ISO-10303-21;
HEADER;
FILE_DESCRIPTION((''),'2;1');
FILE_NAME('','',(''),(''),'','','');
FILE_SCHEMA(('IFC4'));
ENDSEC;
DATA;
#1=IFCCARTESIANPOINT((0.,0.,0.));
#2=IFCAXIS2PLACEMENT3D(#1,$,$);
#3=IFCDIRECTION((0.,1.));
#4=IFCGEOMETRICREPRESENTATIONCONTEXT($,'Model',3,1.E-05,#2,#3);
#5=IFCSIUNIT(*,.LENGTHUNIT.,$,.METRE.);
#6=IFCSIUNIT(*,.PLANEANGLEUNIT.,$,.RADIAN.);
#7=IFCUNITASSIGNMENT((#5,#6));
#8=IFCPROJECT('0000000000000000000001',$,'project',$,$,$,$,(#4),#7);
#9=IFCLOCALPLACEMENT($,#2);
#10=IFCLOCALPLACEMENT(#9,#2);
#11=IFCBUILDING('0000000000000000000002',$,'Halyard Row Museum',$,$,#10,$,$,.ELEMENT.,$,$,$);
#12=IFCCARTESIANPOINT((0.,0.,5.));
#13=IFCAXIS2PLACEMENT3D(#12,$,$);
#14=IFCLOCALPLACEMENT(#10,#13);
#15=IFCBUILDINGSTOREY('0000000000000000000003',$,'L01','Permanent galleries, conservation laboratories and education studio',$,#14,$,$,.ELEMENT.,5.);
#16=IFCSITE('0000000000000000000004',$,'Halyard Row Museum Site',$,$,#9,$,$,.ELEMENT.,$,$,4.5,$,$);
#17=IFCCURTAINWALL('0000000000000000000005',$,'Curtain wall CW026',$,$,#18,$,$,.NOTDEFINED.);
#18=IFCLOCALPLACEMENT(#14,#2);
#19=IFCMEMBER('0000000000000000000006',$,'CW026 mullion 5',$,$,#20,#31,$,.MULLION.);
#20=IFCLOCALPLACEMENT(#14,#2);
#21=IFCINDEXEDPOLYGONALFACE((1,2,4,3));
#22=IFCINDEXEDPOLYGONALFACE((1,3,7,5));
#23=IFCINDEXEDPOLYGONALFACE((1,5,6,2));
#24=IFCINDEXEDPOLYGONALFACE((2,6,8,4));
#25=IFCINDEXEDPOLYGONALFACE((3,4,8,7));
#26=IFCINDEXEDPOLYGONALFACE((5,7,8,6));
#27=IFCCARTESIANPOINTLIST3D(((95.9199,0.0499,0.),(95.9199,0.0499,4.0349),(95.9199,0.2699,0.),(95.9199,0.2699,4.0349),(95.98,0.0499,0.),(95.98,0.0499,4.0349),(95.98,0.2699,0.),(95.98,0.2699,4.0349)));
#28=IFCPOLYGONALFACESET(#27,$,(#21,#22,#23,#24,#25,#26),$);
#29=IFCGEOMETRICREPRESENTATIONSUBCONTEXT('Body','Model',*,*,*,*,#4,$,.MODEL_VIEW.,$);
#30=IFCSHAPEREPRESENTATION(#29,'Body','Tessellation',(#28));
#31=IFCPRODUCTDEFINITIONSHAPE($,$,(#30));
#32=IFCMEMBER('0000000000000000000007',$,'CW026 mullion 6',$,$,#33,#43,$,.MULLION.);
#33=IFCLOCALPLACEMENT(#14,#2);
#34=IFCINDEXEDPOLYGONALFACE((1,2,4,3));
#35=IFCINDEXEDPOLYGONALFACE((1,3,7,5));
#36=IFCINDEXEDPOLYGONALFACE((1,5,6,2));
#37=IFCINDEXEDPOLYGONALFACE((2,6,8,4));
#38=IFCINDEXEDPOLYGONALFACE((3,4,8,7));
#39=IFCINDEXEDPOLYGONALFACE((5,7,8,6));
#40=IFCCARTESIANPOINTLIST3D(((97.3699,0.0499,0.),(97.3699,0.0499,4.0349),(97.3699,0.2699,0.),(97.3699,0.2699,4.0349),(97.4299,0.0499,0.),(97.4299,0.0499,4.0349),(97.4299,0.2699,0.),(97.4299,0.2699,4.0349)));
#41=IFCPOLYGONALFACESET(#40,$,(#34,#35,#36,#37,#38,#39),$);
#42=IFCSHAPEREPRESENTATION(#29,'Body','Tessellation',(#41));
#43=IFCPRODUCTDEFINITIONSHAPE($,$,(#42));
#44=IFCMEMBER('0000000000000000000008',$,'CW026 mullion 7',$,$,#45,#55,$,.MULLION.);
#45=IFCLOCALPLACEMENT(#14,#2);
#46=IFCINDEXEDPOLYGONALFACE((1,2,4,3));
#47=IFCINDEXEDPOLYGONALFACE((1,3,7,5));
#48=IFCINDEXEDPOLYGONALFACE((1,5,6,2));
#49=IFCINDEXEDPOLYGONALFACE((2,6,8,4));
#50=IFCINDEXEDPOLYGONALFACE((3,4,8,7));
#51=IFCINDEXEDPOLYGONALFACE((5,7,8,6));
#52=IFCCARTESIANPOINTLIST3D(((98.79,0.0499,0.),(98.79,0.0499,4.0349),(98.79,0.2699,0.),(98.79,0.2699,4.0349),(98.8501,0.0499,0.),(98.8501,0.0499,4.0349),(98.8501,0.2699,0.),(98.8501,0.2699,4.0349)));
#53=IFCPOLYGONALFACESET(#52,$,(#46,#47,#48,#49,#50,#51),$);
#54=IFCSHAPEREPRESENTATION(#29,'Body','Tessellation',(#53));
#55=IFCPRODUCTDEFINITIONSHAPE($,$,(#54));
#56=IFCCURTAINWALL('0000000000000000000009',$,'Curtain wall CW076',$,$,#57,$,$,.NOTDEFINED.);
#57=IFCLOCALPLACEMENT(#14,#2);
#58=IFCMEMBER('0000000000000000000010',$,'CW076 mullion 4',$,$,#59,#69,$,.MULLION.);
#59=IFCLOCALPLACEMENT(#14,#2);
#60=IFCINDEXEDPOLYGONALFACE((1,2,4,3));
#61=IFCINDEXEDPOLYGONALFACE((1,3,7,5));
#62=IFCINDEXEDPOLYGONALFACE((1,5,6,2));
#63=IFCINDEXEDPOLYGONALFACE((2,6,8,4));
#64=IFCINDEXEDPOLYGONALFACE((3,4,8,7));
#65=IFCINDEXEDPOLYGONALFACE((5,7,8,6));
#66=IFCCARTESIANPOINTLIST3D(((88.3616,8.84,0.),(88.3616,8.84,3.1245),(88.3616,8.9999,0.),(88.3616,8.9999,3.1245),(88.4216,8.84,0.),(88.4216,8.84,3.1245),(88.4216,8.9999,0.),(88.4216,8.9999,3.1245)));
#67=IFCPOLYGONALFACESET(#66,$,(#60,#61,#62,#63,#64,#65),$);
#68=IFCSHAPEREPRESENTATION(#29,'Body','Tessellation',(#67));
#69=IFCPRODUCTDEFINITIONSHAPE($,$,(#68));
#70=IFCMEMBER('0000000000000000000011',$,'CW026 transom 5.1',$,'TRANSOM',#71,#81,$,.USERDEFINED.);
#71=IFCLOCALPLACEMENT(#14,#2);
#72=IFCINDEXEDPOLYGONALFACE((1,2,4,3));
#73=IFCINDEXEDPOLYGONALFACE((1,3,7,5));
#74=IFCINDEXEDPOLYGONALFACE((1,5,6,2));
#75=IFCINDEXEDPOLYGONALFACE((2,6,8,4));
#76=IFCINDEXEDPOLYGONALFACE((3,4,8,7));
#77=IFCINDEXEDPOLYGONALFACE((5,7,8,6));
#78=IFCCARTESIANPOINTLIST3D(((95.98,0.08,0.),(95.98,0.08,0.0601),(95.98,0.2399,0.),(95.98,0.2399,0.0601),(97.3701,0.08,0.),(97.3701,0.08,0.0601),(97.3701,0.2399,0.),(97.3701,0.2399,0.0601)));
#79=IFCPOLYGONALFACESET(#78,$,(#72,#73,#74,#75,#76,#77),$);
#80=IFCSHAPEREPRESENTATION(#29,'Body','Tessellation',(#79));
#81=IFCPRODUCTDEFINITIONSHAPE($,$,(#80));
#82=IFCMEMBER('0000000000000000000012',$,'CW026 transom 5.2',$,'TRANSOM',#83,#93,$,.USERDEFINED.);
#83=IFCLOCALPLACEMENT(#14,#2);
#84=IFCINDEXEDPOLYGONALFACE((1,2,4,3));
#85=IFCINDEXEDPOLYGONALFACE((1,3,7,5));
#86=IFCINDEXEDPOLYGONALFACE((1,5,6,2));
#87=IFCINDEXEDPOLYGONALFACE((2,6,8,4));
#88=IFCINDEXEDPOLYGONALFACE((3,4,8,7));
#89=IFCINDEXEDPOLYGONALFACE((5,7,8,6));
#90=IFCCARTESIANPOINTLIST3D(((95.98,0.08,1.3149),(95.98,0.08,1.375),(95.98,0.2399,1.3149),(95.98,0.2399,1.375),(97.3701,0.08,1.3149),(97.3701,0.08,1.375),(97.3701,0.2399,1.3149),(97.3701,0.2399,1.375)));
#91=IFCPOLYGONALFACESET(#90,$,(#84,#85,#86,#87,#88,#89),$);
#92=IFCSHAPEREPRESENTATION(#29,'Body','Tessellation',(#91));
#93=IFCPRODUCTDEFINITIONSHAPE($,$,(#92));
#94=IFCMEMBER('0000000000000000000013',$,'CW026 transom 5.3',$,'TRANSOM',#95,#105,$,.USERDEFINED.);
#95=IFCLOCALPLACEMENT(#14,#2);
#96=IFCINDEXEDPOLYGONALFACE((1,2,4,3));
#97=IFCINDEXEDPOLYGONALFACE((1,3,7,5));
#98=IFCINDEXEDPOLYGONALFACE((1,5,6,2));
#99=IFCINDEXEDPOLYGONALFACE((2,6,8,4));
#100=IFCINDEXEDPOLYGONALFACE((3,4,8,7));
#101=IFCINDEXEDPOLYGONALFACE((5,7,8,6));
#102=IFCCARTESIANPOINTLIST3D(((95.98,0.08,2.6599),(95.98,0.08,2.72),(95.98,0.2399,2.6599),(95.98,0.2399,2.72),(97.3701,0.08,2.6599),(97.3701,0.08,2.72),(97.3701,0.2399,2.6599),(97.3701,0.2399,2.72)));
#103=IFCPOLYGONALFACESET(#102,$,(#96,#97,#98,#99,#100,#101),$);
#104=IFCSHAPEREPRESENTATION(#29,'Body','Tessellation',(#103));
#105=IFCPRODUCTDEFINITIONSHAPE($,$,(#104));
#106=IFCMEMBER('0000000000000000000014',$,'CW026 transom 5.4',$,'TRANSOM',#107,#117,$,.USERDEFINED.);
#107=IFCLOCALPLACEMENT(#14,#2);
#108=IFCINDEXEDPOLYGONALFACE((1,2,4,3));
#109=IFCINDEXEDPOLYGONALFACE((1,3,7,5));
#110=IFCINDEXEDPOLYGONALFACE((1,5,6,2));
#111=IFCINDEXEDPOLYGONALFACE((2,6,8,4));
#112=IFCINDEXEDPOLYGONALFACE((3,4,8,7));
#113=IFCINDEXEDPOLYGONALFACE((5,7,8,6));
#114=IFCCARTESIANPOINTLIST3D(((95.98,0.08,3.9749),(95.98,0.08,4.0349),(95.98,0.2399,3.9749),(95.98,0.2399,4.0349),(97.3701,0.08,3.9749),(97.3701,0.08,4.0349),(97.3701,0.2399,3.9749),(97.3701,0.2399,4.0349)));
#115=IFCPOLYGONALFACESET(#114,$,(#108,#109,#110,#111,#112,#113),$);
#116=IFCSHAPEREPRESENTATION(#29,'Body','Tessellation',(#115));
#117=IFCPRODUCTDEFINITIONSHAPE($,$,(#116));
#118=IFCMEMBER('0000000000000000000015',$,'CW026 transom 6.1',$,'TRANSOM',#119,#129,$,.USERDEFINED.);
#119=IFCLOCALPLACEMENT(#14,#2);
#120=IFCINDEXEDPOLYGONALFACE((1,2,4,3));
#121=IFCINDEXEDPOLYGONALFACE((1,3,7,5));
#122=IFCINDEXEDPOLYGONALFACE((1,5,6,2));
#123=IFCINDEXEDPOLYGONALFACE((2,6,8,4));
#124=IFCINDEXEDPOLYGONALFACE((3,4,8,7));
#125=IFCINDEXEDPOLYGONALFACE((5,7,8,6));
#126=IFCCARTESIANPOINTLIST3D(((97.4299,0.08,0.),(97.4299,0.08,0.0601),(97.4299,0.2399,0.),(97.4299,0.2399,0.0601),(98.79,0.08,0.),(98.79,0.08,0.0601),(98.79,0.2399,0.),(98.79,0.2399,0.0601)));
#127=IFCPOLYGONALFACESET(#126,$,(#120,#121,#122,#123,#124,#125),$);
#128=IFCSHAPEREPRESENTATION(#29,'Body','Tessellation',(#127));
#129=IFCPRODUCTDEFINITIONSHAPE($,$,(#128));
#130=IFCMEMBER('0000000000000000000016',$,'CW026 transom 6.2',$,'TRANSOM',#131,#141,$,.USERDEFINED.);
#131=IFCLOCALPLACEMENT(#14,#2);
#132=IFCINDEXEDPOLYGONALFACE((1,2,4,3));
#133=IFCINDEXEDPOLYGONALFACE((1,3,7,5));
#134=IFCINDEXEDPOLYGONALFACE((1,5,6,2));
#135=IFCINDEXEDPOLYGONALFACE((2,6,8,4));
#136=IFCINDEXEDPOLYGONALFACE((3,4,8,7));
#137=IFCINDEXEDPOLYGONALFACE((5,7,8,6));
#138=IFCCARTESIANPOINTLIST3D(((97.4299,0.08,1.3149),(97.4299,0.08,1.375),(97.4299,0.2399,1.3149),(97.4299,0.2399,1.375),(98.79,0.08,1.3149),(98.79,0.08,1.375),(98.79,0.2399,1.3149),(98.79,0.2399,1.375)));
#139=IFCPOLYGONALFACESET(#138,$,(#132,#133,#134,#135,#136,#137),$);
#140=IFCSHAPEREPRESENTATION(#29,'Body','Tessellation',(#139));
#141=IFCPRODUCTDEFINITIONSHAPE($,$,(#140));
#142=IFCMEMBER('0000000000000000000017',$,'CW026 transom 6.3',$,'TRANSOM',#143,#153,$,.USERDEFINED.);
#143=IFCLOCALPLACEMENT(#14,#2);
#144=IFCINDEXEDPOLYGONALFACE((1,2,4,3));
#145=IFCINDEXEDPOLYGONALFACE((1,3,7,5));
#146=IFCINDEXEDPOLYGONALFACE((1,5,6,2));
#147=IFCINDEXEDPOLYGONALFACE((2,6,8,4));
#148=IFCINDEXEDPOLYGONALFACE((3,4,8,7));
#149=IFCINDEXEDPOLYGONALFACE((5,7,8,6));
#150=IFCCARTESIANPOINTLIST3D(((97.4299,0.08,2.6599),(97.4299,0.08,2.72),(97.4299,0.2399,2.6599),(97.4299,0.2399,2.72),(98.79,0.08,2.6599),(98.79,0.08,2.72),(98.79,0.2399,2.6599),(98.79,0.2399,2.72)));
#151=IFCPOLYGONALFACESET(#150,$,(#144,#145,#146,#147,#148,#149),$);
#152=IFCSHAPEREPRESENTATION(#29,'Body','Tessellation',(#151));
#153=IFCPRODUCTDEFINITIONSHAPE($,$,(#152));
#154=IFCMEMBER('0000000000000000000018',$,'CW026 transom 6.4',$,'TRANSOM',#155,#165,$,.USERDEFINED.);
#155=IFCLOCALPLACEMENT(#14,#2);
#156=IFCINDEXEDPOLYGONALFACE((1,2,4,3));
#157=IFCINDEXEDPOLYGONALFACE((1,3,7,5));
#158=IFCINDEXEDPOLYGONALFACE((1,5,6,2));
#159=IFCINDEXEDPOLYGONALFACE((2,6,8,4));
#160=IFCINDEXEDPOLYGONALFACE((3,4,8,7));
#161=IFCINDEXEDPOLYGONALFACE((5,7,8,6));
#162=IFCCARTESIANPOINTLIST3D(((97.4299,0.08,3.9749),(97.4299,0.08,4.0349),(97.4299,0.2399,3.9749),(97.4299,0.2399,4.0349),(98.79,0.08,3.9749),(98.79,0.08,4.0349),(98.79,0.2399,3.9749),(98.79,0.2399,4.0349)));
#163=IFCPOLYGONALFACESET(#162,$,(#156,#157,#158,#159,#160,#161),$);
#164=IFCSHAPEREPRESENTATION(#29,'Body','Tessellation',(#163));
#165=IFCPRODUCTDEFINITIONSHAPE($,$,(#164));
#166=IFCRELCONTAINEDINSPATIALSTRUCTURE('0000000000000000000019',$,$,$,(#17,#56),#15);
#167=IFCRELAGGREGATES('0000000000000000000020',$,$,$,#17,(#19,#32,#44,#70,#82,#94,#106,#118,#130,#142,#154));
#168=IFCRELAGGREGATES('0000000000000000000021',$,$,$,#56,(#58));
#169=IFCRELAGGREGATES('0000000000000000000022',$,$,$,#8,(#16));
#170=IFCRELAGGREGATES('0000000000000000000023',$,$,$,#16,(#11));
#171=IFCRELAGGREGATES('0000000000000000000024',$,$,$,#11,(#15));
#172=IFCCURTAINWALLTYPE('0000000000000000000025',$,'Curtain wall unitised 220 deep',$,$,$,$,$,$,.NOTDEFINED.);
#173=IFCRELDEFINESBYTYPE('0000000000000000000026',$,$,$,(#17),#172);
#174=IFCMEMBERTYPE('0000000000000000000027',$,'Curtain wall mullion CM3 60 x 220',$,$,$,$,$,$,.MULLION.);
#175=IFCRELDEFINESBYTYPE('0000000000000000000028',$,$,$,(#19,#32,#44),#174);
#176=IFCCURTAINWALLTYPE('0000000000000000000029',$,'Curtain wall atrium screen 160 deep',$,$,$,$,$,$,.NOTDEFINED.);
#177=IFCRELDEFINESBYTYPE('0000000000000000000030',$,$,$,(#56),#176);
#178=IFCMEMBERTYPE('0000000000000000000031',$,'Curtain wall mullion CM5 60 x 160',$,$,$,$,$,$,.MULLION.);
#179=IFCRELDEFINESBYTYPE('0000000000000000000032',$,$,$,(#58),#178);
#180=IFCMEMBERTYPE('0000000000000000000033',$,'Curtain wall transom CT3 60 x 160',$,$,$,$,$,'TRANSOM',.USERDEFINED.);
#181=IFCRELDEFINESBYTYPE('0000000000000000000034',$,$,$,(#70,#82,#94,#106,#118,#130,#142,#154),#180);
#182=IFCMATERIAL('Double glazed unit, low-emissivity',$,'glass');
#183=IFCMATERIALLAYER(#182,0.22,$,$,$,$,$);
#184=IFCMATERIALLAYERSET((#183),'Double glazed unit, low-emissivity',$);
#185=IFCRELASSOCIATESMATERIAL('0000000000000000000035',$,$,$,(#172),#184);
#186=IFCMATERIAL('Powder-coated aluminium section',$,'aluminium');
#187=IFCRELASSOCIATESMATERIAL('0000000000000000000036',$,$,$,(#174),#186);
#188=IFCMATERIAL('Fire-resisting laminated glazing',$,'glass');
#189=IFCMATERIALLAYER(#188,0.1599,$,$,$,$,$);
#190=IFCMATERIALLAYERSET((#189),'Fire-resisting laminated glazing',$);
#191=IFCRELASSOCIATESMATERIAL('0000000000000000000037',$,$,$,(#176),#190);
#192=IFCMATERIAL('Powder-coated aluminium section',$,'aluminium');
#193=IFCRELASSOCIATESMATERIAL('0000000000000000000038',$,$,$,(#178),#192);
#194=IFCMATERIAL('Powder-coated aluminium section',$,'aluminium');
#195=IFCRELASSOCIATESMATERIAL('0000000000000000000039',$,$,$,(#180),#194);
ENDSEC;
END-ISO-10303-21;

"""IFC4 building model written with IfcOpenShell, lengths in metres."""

from ifc_helpers import new_model, si_unit, direction, frame, origin, origin_2d, place, context, subcontext, project, spatial, rectangle, extrude, material, layer, layer_set, material_profile, profile_set, type_object, element, aggregate, save


model = new_model("IFC4")

# Units and contexts
model_context = context("Model", 3, precision=1e-05, world=origin(), true_north=direction((0.0, 1.0)))
body_context = subcontext(model_context, "Body", "Model", "MODEL_VIEW")
ifc_project = project(units=[si_unit("LENGTHUNIT", "METRE"), si_unit("PLANEANGLEUNIT", "RADIAN")], contexts=[model_context])

# Site, building, storey
site_placement = place(None, origin())
site = spatial("IfcSite", under=ifc_project, at=site_placement, Name="Halyard Row Museum Site", CompositionType="ELEMENT", RefElevation=4.5)
building_placement = place(site_placement, origin())
building = spatial("IfcBuilding", under=site, at=building_placement, Name="Halyard Row Museum", CompositionType="ELEMENT")
storey_placement = place(building_placement, frame((0.0, 0.0, 5.0)))
storey = spatial("IfcBuildingStorey", under=building, at=storey_placement, Name="L01", Description="Permanent galleries, conservation laboratories and education studio", CompositionType="ELEMENT", Elevation=5.0)

# Curtain wall, members
ifc_material_1 = material(Name="Double glazed unit, low-emissivity", Category="glass")
ifc_layer_1 = layer(ifc_material_1, 0.22)
ifc_layer_set_1 = layer_set([ifc_layer_1], Name="Double glazed unit, low-emissivity")
curtain_wall_type_1 = type_object("IfcCurtainWallType", Name="Curtain wall unitised 220 deep", PredefinedType="NOTDEFINED", material=ifc_layer_set_1)
curtain_wall_1_placement = place(storey_placement, origin())
curtain_wall_1 = element("IfcCurtainWall", 1, at=curtain_wall_1_placement, inside=storey, type_object=curtain_wall_type_1, Name="Curtain wall CW026", PredefinedType="NOTDEFINED")
ifc_material_2 = material(Name="Powder-coated aluminium section", Category="aluminium")
ifc_material_profile_1 = material_profile(ifc_material_2, rectangle(XDim=0.22, YDim=0.0601, at=origin_2d()), Name="220x60 mullion")
ifc_profile_set_1 = profile_set([ifc_material_profile_1], Name="Powder-coated aluminium section")
member_type_1 = type_object("IfcMemberType", Name="Curtain wall mullion CM3 60 x 220", PredefinedType="MULLION", material=ifc_profile_set_1)
member_1_placement = place(storey_placement, frame((95.95, 0.1599, 0.0), z_axis=(0.0, 0.0, 1.0), x_axis=(0.0, 1.0, 0.0)))
member_1 = element("IfcMember", 2, at=member_1_placement, type_object=member_type_1, Name="CW026 mullion 5", PredefinedType="MULLION", context=body_context, shape_type="SweptSolid", body=[
    extrude(rectangle(XDim=0.22, YDim=0.0601, at=origin_2d()), origin(), (0.0, 0.0, 1.0), 4.0349),
])
member_2_placement = place(storey_placement, frame((97.3999, 0.1599, 0.0), z_axis=(0.0, 0.0, 1.0), x_axis=(0.0, 1.0, 0.0)))
member_2 = element("IfcMember", 3, at=member_2_placement, type_object=member_type_1, Name="CW026 mullion 6", PredefinedType="MULLION", context=body_context, shape_type="SweptSolid", body=[
    extrude(rectangle(XDim=0.22, YDim=0.0601, at=origin_2d()), origin(), (0.0, 0.0, 1.0), 4.0349),
])
member_3_placement = place(storey_placement, frame((98.8201, 0.1599, 0.0), z_axis=(0.0, 0.0, 1.0), x_axis=(0.0, 1.0, 0.0)))
member_3 = element("IfcMember", 4, at=member_3_placement, type_object=member_type_1, Name="CW026 mullion 7", PredefinedType="MULLION", context=body_context, shape_type="SweptSolid", body=[
    extrude(rectangle(XDim=0.22, YDim=0.0601, at=origin_2d()), origin(), (0.0, 0.0, 1.0), 4.0349),
])

# Curtain wall, member
ifc_material_3 = material(Name="Fire-resisting laminated glazing", Category="glass")
ifc_layer_2 = layer(ifc_material_3, 0.1599)
ifc_layer_set_2 = layer_set([ifc_layer_2], Name="Fire-resisting laminated glazing")
curtain_wall_type_2 = type_object("IfcCurtainWallType", Name="Curtain wall atrium screen 160 deep", PredefinedType="NOTDEFINED", material=ifc_layer_set_2)
curtain_wall_2_placement = place(storey_placement, origin())
curtain_wall_2 = element("IfcCurtainWall", 5, at=curtain_wall_2_placement, inside=storey, type_object=curtain_wall_type_2, Name="Curtain wall CW076", PredefinedType="NOTDEFINED")
ifc_material_4 = material(Name="Powder-coated aluminium section", Category="aluminium")
ifc_material_profile_2 = material_profile(ifc_material_4, rectangle(XDim=0.1599, YDim=0.0601, at=origin_2d()), Name="160x60 mullion")
ifc_profile_set_2 = profile_set([ifc_material_profile_2], Name="Powder-coated aluminium section")
member_type_2 = type_object("IfcMemberType", Name="Curtain wall mullion CM5 60 x 160", PredefinedType="MULLION", material=ifc_profile_set_2)
member_4_placement = place(storey_placement, frame((88.3916, 8.9199, 0.0), z_axis=(0.0, 0.0, 1.0), x_axis=(0.0, 1.0, 0.0)))
member_4 = element("IfcMember", 6, at=member_4_placement, type_object=member_type_2, Name="CW076 mullion 4", PredefinedType="MULLION", context=body_context, shape_type="SweptSolid", body=[
    extrude(rectangle(XDim=0.1599, YDim=0.0601, at=origin_2d()), origin(), (0.0, 0.0, 1.0), 3.1245),
])

# Members
ifc_material_5 = material(Name="Powder-coated aluminium section", Category="aluminium")
ifc_material_profile_3 = material_profile(ifc_material_5, rectangle(XDim=0.1599, YDim=0.0601, at=origin_2d()), Name="160x60 transom")
ifc_profile_set_3 = profile_set([ifc_material_profile_3], Name="Powder-coated aluminium section")
member_type_3 = type_object("IfcMemberType", Name="Curtain wall transom CT3 60 x 160", ElementType="TRANSOM", PredefinedType="USERDEFINED", material=ifc_profile_set_3)
member_5_placement = place(storey_placement, frame((95.98, 0.1599, 0.03), z_axis=(1.0, 0.0, 0.0), x_axis=(0.0, 1.0, 0.0)))
member_5 = element("IfcMember", 7, at=member_5_placement, type_object=member_type_3, Name="CW026 transom 5.1", ObjectType="TRANSOM", PredefinedType="USERDEFINED", context=body_context, shape_type="SweptSolid", body=[
    extrude(rectangle(XDim=0.1599, YDim=0.0601, at=origin_2d()), origin(), (0.0, 0.0, 1.0), 1.3901),
])
member_6_placement = place(storey_placement, frame((95.98, 0.1599, 1.345), z_axis=(1.0, 0.0, 0.0), x_axis=(0.0, 1.0, 0.0)))
member_6 = element("IfcMember", 8, at=member_6_placement, type_object=member_type_3, Name="CW026 transom 5.2", ObjectType="TRANSOM", PredefinedType="USERDEFINED", context=body_context, shape_type="SweptSolid", body=[
    extrude(rectangle(XDim=0.1599, YDim=0.0601, at=origin_2d()), origin(), (0.0, 0.0, 1.0), 1.3901),
])
member_7_placement = place(storey_placement, frame((95.98, 0.1599, 2.6899), z_axis=(1.0, 0.0, 0.0), x_axis=(0.0, 1.0, 0.0)))
member_7 = element("IfcMember", 9, at=member_7_placement, type_object=member_type_3, Name="CW026 transom 5.3", ObjectType="TRANSOM", PredefinedType="USERDEFINED", context=body_context, shape_type="SweptSolid", body=[
    extrude(rectangle(XDim=0.1599, YDim=0.0601, at=origin_2d()), origin(), (0.0, 0.0, 1.0), 1.3901),
])
member_8_placement = place(storey_placement, frame((95.98, 0.1599, 4.0049), z_axis=(1.0, 0.0, 0.0), x_axis=(0.0, 1.0, 0.0)))
member_8 = element("IfcMember", 10, at=member_8_placement, type_object=member_type_3, Name="CW026 transom 5.4", ObjectType="TRANSOM", PredefinedType="USERDEFINED", context=body_context, shape_type="SweptSolid", body=[
    extrude(rectangle(XDim=0.1599, YDim=0.0601, at=origin_2d()), origin(), (0.0, 0.0, 1.0), 1.3901),
])
member_9_placement = place(storey_placement, frame((97.4299, 0.1599, 0.03), z_axis=(1.0, 0.0, 0.0), x_axis=(0.0, 1.0, 0.0)))
member_9 = element("IfcMember", 11, at=member_9_placement, type_object=member_type_3, Name="CW026 transom 6.1", ObjectType="TRANSOM", PredefinedType="USERDEFINED", context=body_context, shape_type="SweptSolid", body=[
    extrude(rectangle(XDim=0.1599, YDim=0.0601, at=origin_2d()), origin(), (0.0, 0.0, 1.0), 1.3601),
])
member_10_placement = place(storey_placement, frame((97.4299, 0.1599, 1.345), z_axis=(1.0, 0.0, 0.0), x_axis=(0.0, 1.0, 0.0)))
member_10 = element("IfcMember", 12, at=member_10_placement, type_object=member_type_3, Name="CW026 transom 6.2", ObjectType="TRANSOM", PredefinedType="USERDEFINED", context=body_context, shape_type="SweptSolid", body=[
    extrude(rectangle(XDim=0.1599, YDim=0.0601, at=origin_2d()), origin(), (0.0, 0.0, 1.0), 1.3601),
])
member_11_placement = place(storey_placement, frame((97.4299, 0.1599, 2.6899), z_axis=(1.0, 0.0, 0.0), x_axis=(0.0, 1.0, 0.0)))
member_11 = element("IfcMember", 13, at=member_11_placement, type_object=member_type_3, Name="CW026 transom 6.3", ObjectType="TRANSOM", PredefinedType="USERDEFINED", context=body_context, shape_type="SweptSolid", body=[
    extrude(rectangle(XDim=0.1599, YDim=0.0601, at=origin_2d()), origin(), (0.0, 0.0, 1.0), 1.3601),
])
member_12_placement = place(storey_placement, frame((97.4299, 0.1599, 4.0049), z_axis=(1.0, 0.0, 0.0), x_axis=(0.0, 1.0, 0.0)))
member_12 = element("IfcMember", 14, at=member_12_placement, type_object=member_type_3, Name="CW026 transom 6.4", ObjectType="TRANSOM", PredefinedType="USERDEFINED", context=body_context, shape_type="SweptSolid", body=[
    extrude(rectangle(XDim=0.1599, YDim=0.0601, at=origin_2d()), origin(), (0.0, 0.0, 1.0), 1.3601),
])

aggregate(curtain_wall_1, [member_1, member_2, member_3, member_5, member_6, member_7, member_8, member_9, member_10, member_11, member_12])
aggregate(curtain_wall_2, [member_4])

save(model, "model.ifc")
